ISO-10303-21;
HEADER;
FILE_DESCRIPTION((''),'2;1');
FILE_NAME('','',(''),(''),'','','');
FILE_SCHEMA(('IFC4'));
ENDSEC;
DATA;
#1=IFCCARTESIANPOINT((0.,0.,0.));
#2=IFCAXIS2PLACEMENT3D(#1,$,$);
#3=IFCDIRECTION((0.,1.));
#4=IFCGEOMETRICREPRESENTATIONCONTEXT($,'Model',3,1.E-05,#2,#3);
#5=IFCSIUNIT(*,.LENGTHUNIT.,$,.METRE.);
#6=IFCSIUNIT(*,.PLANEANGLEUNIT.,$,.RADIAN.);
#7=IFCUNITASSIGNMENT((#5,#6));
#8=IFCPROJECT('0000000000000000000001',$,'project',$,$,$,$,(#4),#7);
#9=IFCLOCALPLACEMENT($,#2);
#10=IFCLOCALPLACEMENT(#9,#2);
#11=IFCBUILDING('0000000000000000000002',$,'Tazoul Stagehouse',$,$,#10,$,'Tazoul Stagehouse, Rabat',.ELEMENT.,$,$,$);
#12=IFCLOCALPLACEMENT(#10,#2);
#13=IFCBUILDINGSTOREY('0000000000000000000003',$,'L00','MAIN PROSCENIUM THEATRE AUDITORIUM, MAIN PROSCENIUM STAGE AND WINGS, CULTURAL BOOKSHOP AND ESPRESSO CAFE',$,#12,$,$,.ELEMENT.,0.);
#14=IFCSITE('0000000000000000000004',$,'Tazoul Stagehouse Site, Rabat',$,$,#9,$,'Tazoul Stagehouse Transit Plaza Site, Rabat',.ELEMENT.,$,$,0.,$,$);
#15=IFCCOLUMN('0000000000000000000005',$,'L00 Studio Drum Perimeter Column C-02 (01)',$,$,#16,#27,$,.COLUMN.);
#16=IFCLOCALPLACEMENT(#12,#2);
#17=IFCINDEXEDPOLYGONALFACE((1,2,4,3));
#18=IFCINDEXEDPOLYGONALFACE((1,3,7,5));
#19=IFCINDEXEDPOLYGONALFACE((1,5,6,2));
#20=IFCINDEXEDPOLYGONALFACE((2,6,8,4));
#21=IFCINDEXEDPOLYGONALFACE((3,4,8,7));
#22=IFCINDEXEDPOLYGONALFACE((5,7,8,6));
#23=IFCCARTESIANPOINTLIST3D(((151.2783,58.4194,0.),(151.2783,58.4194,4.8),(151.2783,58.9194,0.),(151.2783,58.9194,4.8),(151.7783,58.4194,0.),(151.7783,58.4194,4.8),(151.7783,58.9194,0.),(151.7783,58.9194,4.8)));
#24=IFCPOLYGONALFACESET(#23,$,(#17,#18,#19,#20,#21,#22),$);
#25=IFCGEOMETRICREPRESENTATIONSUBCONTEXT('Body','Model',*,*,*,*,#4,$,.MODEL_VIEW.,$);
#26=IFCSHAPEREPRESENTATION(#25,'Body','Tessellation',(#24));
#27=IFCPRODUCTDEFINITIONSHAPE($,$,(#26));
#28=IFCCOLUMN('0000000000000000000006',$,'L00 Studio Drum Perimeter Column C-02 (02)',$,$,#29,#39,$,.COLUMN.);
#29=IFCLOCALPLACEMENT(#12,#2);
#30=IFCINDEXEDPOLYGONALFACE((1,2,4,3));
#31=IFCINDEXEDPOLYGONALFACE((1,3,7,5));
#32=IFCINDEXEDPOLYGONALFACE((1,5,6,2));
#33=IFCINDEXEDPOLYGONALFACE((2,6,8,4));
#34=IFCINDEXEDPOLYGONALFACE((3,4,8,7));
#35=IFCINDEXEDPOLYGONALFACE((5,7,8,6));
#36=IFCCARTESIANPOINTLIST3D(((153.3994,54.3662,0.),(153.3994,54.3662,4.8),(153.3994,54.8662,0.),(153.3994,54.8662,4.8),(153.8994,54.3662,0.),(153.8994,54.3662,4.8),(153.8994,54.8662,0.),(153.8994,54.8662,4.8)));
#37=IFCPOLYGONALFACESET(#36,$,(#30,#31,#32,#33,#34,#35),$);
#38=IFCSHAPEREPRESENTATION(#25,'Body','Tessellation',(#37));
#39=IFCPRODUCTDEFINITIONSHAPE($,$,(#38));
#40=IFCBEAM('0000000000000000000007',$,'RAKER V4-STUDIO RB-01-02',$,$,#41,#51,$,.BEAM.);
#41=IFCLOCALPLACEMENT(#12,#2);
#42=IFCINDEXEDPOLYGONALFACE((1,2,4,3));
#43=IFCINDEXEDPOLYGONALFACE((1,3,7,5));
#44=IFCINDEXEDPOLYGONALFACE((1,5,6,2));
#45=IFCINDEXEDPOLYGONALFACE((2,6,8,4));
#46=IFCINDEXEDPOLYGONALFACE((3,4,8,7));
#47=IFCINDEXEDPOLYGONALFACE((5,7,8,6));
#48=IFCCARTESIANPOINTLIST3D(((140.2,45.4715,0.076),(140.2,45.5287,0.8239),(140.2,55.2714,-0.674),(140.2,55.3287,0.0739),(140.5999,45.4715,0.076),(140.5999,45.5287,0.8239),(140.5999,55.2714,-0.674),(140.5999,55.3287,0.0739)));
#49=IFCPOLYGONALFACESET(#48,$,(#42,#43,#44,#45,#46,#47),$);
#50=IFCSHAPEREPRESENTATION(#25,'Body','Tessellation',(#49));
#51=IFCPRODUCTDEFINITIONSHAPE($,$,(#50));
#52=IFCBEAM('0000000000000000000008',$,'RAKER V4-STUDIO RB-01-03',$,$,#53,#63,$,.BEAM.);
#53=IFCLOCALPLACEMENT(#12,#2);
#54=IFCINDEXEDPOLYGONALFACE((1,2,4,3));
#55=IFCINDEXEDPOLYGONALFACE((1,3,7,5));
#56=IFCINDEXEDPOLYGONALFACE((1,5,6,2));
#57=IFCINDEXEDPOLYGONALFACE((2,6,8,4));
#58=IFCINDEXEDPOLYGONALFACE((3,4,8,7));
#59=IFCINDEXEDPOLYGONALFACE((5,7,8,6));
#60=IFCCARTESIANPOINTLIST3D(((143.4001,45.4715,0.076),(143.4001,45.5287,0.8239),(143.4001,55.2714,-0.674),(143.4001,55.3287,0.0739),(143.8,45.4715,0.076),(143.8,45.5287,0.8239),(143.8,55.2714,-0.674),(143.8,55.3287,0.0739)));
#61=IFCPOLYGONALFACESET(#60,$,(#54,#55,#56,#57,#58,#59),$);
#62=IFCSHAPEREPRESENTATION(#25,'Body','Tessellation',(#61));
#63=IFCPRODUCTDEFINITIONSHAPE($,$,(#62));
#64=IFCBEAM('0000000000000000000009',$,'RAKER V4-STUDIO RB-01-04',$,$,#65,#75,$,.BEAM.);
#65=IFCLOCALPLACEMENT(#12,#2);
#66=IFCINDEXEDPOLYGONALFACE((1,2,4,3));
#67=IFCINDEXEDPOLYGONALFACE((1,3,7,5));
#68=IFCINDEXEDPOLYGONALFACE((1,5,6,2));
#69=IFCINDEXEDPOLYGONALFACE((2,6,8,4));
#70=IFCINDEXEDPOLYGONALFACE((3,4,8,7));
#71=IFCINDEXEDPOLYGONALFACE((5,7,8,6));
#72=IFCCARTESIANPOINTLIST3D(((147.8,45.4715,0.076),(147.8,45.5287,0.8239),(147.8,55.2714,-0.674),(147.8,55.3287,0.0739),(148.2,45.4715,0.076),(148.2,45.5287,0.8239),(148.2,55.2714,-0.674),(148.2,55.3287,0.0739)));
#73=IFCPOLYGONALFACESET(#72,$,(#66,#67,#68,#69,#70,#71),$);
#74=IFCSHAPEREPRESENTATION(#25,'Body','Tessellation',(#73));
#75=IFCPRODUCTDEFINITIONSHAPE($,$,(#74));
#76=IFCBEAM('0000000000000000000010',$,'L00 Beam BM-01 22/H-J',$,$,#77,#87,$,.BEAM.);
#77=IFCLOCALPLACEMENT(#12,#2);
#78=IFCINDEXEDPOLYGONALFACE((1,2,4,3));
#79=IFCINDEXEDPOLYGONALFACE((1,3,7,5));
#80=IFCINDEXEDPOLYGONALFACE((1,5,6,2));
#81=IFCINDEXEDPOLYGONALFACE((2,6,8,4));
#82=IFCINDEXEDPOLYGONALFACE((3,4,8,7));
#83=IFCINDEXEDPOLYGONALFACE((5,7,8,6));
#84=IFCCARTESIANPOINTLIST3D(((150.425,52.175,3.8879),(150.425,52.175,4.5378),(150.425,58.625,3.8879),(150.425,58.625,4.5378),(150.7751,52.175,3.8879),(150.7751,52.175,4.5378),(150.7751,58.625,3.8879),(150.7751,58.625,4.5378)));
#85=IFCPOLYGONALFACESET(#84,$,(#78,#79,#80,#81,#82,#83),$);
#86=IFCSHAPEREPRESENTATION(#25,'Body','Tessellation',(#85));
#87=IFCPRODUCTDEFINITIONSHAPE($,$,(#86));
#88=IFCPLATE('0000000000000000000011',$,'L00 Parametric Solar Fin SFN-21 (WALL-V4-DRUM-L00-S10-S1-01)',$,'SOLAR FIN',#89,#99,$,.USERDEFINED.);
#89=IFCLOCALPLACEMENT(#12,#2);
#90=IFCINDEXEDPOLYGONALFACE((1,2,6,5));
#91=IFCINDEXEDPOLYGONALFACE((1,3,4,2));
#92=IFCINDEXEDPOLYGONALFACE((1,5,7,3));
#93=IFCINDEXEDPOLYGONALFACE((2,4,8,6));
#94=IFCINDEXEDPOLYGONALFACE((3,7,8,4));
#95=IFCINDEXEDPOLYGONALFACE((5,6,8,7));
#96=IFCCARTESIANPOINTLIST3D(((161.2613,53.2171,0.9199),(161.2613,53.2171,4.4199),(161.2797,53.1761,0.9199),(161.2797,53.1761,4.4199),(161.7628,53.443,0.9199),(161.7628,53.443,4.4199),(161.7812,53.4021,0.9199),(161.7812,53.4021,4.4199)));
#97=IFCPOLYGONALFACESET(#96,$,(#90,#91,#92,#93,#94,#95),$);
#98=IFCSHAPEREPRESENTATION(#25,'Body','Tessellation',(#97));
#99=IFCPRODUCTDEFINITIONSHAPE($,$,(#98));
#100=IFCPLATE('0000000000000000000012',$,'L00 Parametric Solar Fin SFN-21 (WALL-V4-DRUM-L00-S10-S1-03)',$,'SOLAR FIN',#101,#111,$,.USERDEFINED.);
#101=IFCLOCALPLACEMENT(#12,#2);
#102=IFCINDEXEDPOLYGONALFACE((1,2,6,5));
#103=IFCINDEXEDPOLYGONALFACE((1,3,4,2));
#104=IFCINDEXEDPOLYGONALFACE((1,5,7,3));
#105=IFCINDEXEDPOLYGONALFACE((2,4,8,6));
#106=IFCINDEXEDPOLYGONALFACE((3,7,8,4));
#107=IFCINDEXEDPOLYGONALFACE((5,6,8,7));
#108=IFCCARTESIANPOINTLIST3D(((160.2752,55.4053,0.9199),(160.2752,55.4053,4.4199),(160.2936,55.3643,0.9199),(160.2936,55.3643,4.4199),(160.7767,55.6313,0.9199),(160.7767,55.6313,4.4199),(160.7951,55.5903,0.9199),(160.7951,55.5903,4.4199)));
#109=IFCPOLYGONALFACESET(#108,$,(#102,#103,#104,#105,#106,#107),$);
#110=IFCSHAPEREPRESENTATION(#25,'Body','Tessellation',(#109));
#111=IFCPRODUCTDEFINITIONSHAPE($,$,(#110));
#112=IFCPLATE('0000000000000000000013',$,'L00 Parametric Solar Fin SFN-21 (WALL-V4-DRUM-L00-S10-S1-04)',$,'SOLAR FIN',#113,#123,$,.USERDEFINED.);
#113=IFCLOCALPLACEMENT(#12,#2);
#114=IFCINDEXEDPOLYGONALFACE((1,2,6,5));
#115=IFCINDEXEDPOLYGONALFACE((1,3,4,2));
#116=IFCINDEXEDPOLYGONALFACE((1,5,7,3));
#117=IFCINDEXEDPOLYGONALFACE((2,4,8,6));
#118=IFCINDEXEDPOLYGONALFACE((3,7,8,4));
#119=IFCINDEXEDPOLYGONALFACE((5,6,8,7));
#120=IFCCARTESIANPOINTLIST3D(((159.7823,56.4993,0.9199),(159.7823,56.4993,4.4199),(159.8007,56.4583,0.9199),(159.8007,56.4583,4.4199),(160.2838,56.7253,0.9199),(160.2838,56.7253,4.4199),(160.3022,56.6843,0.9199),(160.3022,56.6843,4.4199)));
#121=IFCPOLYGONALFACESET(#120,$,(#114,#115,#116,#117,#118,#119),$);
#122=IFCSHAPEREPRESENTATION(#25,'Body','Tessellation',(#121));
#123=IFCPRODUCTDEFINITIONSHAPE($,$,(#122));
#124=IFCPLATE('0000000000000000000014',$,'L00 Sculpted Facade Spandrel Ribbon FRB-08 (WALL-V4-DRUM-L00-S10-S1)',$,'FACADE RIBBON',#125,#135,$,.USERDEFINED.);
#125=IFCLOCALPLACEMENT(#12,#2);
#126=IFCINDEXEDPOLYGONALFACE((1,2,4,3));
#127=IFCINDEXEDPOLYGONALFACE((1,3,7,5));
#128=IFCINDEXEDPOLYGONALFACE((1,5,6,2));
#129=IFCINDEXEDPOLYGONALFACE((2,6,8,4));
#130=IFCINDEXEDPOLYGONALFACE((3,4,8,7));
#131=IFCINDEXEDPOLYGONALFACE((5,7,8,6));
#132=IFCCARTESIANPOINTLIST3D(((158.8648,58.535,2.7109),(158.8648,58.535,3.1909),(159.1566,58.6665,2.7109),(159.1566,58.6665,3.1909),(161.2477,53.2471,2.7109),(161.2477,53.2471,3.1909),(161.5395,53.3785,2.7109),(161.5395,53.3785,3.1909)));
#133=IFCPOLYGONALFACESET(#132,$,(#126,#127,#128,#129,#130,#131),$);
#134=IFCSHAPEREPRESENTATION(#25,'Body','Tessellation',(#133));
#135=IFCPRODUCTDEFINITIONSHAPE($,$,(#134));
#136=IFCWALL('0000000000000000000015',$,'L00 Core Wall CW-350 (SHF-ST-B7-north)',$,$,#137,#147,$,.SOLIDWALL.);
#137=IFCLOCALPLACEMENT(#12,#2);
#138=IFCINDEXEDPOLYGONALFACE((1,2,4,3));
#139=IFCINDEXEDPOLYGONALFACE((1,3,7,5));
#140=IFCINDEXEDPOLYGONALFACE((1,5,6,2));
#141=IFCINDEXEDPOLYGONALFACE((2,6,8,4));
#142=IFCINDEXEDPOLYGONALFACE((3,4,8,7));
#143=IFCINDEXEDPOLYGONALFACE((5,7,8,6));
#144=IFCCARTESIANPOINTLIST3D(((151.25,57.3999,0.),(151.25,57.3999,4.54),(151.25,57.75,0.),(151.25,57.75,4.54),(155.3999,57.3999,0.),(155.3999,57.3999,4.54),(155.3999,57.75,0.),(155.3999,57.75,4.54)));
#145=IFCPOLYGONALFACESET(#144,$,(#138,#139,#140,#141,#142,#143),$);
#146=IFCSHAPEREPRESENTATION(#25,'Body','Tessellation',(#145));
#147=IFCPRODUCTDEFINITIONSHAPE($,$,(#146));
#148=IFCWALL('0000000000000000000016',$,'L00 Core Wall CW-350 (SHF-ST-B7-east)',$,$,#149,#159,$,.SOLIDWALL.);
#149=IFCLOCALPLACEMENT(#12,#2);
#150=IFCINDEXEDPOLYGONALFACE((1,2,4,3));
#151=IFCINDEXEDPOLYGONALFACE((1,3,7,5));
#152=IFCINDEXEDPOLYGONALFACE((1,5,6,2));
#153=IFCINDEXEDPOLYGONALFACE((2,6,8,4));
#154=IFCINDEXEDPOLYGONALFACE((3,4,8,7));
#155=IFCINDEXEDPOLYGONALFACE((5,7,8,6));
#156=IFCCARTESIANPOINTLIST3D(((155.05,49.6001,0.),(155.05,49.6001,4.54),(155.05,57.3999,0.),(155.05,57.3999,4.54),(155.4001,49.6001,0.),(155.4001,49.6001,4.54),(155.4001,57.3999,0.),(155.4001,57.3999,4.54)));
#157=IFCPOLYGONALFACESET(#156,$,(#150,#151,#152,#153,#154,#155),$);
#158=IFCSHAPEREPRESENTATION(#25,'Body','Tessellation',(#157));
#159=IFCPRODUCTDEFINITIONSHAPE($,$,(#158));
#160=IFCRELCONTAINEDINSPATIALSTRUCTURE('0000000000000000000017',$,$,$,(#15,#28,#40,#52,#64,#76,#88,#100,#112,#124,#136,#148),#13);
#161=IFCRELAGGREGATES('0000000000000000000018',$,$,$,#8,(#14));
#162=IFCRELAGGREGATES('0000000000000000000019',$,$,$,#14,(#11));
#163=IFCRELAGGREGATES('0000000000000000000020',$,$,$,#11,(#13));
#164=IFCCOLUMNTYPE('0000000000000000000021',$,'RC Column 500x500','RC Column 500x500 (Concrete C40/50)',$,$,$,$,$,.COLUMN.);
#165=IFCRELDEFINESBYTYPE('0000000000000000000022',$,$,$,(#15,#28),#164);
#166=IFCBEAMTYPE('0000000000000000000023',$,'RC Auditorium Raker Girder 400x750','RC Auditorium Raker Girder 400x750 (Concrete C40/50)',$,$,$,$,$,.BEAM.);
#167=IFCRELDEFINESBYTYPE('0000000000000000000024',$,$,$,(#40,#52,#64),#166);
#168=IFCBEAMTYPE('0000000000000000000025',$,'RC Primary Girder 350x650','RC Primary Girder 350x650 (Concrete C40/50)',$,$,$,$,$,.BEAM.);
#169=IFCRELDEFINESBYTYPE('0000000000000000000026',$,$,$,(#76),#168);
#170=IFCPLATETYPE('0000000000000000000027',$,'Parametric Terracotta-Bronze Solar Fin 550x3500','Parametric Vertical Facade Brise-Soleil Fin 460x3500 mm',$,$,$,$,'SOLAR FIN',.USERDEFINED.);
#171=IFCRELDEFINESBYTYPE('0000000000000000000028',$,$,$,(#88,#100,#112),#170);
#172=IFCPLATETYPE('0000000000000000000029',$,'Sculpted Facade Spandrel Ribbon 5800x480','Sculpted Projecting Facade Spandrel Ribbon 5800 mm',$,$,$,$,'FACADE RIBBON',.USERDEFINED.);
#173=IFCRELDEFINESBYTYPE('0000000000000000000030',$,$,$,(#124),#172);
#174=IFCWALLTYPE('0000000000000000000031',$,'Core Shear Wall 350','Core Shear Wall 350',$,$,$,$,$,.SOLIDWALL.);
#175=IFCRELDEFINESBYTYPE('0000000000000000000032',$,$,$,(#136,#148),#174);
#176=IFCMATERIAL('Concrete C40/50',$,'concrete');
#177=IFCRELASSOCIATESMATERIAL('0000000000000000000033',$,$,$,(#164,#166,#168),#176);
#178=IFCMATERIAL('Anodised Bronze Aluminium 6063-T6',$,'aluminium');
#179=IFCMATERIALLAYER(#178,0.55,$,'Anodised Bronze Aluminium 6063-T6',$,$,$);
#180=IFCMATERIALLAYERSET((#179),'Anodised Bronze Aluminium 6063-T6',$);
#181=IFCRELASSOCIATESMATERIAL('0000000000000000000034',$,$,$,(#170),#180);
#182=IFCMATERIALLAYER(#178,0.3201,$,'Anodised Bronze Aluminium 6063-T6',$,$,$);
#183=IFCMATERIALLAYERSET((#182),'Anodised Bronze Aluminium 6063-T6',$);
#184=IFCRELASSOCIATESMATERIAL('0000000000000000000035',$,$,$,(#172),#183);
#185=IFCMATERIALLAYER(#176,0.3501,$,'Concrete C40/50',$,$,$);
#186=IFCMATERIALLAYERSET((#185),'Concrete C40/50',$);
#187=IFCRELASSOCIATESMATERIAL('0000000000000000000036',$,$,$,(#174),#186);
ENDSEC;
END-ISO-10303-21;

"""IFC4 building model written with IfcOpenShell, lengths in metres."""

from ifc_helpers import new_model, si_unit, direction, frame, frame_2d, origin, origin_2d, place, context, subcontext, project, spatial, rectangle, extrude, material, layer, layer_set, material_profile, profile_set, type_object, element, save


model = new_model("IFC4")

# Units and contexts
model_context = context("Model", 3, precision=1e-05, world=origin(), true_north=direction((0.0, 1.0)))
body_context = subcontext(model_context, "Body", "Model", "MODEL_VIEW")
ifc_project = project(units=[si_unit("LENGTHUNIT", "METRE"), si_unit("PLANEANGLEUNIT", "RADIAN")], contexts=[model_context])

# Site, building, storey
site_placement = place(None, origin())
site = spatial("IfcSite", under=ifc_project, at=site_placement, Name="Tazoul Stagehouse Site, Rabat", LongName="Tazoul Stagehouse Transit Plaza Site, Rabat", CompositionType="ELEMENT", RefElevation=0.0)
building_placement = place(site_placement, origin())
building = spatial("IfcBuilding", under=site, at=building_placement, Name="Tazoul Stagehouse", LongName="Tazoul Stagehouse, Rabat", CompositionType="ELEMENT")
storey_placement = place(building_placement, origin())
storey = spatial("IfcBuildingStorey", under=building, at=storey_placement, Name="L00", Description="MAIN PROSCENIUM THEATRE AUDITORIUM, MAIN PROSCENIUM STAGE AND WINGS, CULTURAL BOOKSHOP AND ESPRESSO CAFE", CompositionType="ELEMENT", Elevation=0.0)

# Columns
ifc_material_1 = material(Name="Concrete C40/50", Category="concrete")
ifc_material_profile_1 = material_profile(ifc_material_1, rectangle(XDim=0.5, YDim=0.5, at=origin_2d()), Name="RC 500x500")
ifc_profile_set_1 = profile_set([ifc_material_profile_1], Name="Concrete C40/50")
column_type = type_object("IfcColumnType", Name="RC Column 500x500", Description="RC Column 500x500 (Concrete C40/50)", PredefinedType="COLUMN", material=ifc_profile_set_1)
for number, where, z_axis, x_axis, name in (
    (1, (151.5283, 58.6694, 0.0), (0.0, 0.0, 1.0), (1.0, 0.0, 0.0), "L00 Studio Drum Perimeter Column C-02 (01)"),
    (2, (153.6494, 54.6162, 0.0), (0.0, 0.0, 1.0), (1.0, 0.0, 0.0), "L00 Studio Drum Perimeter Column C-02 (02)"),
):
    element("IfcColumn", number, at=place(storey_placement, frame(where, z_axis=z_axis, x_axis=x_axis)), inside=storey, type_object=column_type, Name=name, PredefinedType="COLUMN", context=body_context, shape_type="SweptSolid", body=[
        extrude(rectangle(XDim=0.5, YDim=0.5, at=origin_2d()), origin(), (0.0, 0.0, 1.0), 4.8),
    ])

# Beams
ifc_material_profile_2 = material_profile(ifc_material_1, rectangle(XDim=0.3999, YDim=0.75, at=origin_2d()), Name="RC 400x750")
ifc_profile_set_2 = profile_set([ifc_material_profile_2], Name="Concrete C40/50")
beam_type_1 = type_object("IfcBeamType", Name="RC Auditorium Raker Girder 400x750", Description="RC Auditorium Raker Girder 400x750 (Concrete C40/50)", PredefinedType="BEAM", material=ifc_profile_set_2)
for number, where, z_axis, x_axis, name in (
    (3, (140.3999, 55.3, -0.3), (0.0, -0.997084, 0.076307), (1.0, 0.0, 0.0), "RAKER V4-STUDIO RB-01-02"),
    (4, (143.6001, 55.3, -0.3), (0.0, -0.997084, 0.076307), (1.0, 0.0, 0.0), "RAKER V4-STUDIO RB-01-03"),
    (5, (148.0, 55.3, -0.3), (0.0, -0.997084, 0.076307), (1.0, 0.0, 0.0), "RAKER V4-STUDIO RB-01-04"),
):
    element("IfcBeam", number, at=place(storey_placement, frame(where, z_axis=z_axis, x_axis=x_axis)), inside=storey, type_object=beam_type_1, Name=name, PredefinedType="BEAM", context=body_context, shape_type="SweptSolid", body=[
        extrude(rectangle(XDim=0.3999, YDim=0.75, at=origin_2d()), origin(), (0.0, 0.0, 1.0), 9.8286),
    ])
ifc_material_profile_3 = material_profile(ifc_material_1, rectangle(XDim=0.3501, YDim=0.6499, at=origin_2d()), Name="RC 350x650")
ifc_profile_set_3 = profile_set([ifc_material_profile_3], Name="Concrete C40/50")
beam_type_2 = type_object("IfcBeamType", Name="RC Primary Girder 350x650", Description="RC Primary Girder 350x650 (Concrete C40/50)", PredefinedType="BEAM", material=ifc_profile_set_3)
beam_placement = place(storey_placement, frame((150.6001, 52.175, 4.2129), z_axis=(0.0, 1.0, 0.0), x_axis=(-1.0, 0.0, 0.0)))
element("IfcBeam", 6, at=beam_placement, inside=storey, type_object=beam_type_2, Name="L00 Beam BM-01 22/H-J", PredefinedType="BEAM", context=body_context, shape_type="SweptSolid", body=[
    extrude(rectangle(XDim=0.3501, YDim=0.6499, at=origin_2d()), origin(), (0.0, 0.0, 1.0), 6.45),
])

# Plates
ifc_material_2 = material(Name="Anodised Bronze Aluminium 6063-T6", Category="aluminium")
ifc_layer_1 = layer(ifc_material_2, 0.55, Name="Anodised Bronze Aluminium 6063-T6")
ifc_layer_set_1 = layer_set([ifc_layer_1], Name="Anodised Bronze Aluminium 6063-T6")
plate_type_1 = type_object("IfcPlateType", Name="Parametric Terracotta-Bronze Solar Fin 550x3500", Description="Parametric Vertical Facade Brise-Soleil Fin 460x3500 mm", ElementType="SOLAR FIN", PredefinedType="USERDEFINED", material=ifc_layer_set_1)
for number, where, z_axis, x_axis, name in (
    (7, (161.5212, 53.3096, 0.9199), (0.0, 0.0, 1.0), (-0.41083, 0.911712, 0.0), "L00 Parametric Solar Fin SFN-21 (WALL-V4-DRUM-L00-S10-S1-01)"),
    (8, (160.5352, 55.4978, 0.9199), (0.0, 0.0, 1.0), (-0.41083, 0.911712, 0.0), "L00 Parametric Solar Fin SFN-21 (WALL-V4-DRUM-L00-S10-S1-03)"),
    (9, (160.0422, 56.5918, 0.9199), (0.0, 0.0, 1.0), (-0.41083, 0.911712, 0.0), "L00 Parametric Solar Fin SFN-21 (WALL-V4-DRUM-L00-S10-S1-04)"),
):
    element("IfcPlate", number, at=place(storey_placement, frame(where, z_axis=z_axis, x_axis=x_axis)), inside=storey, type_object=plate_type_1, Name=name, ObjectType="SOLAR FIN", PredefinedType="USERDEFINED", context=body_context, shape_type="SweptSolid", body=[
        extrude(rectangle(XDim=0.0449, YDim=0.55, at=origin_2d()), origin(), (0.0, 0.0, 1.0), 3.5),
    ])
ifc_layer_2 = layer(ifc_material_2, 0.3201, Name="Anodised Bronze Aluminium 6063-T6")
ifc_layer_set_2 = layer_set([ifc_layer_2], Name="Anodised Bronze Aluminium 6063-T6")
plate_type_2 = type_object("IfcPlateType", Name="Sculpted Facade Spandrel Ribbon 5800x480", Description="Sculpted Projecting Facade Spandrel Ribbon 5800 mm", ElementType="FACADE RIBBON", PredefinedType="USERDEFINED", material=ifc_layer_set_2)
plate_placement = place(storey_placement, frame((160.2021, 55.9568, 2.7109), z_axis=(0.0, 0.0, 1.0), x_axis=(-0.41083, 0.911712, 0.0)))
element("IfcPlate", 10, at=plate_placement, inside=storey, type_object=plate_type_2, Name="L00 Sculpted Facade Spandrel Ribbon FRB-08 (WALL-V4-DRUM-L00-S10-S1)", ObjectType="FACADE RIBBON", PredefinedType="USERDEFINED", context=body_context, shape_type="SweptSolid", body=[
    extrude(rectangle(XDim=5.8, YDim=0.3201, at=origin_2d()), origin(), (0.0, 0.0, 1.0), 0.48),
])

# Walls
ifc_layer_3 = layer(ifc_material_1, 0.3501, Name="Concrete C40/50")
ifc_layer_set_3 = layer_set([ifc_layer_3], Name="Concrete C40/50")
wall_type_1 = type_object("IfcWallType", Name="Core Shear Wall 350", Description="Core Shear Wall 350", PredefinedType="SOLIDWALL", material=ifc_layer_set_3)
wall_1_placement = place(storey_placement, frame((151.25, 57.575, 0.0), z_axis=(0.0, 0.0, 1.0), x_axis=(1.0, 0.0, 0.0)))
element("IfcWall", 11, at=wall_1_placement, inside=storey, type_object=wall_type_1, Name="L00 Core Wall CW-350 (SHF-ST-B7-north)", PredefinedType="SOLIDWALL", context=body_context, shape_type="SweptSolid", body=[
    extrude(rectangle(XDim=4.1499, YDim=0.3501, at=frame_2d((2.075, 0.0))), origin(), (0.0, 0.0, 1.0), 4.54),
])
wall_2_placement = place(storey_placement, frame((155.2251, 57.3999, 0.0), z_axis=(0.0, 0.0, 1.0), x_axis=(0.0, -1.0, 0.0)))
element("IfcWall", 12, at=wall_2_placement, inside=storey, type_object=wall_type_1, Name="L00 Core Wall CW-350 (SHF-ST-B7-east)", PredefinedType="SOLIDWALL", context=body_context, shape_type="SweptSolid", body=[
    extrude(rectangle(XDim=7.7998, YDim=0.3501, at=frame_2d((3.8999, 0.0))), origin(), (0.0, 0.0, 1.0), 4.54),
])

save(model, "model.ifc")
